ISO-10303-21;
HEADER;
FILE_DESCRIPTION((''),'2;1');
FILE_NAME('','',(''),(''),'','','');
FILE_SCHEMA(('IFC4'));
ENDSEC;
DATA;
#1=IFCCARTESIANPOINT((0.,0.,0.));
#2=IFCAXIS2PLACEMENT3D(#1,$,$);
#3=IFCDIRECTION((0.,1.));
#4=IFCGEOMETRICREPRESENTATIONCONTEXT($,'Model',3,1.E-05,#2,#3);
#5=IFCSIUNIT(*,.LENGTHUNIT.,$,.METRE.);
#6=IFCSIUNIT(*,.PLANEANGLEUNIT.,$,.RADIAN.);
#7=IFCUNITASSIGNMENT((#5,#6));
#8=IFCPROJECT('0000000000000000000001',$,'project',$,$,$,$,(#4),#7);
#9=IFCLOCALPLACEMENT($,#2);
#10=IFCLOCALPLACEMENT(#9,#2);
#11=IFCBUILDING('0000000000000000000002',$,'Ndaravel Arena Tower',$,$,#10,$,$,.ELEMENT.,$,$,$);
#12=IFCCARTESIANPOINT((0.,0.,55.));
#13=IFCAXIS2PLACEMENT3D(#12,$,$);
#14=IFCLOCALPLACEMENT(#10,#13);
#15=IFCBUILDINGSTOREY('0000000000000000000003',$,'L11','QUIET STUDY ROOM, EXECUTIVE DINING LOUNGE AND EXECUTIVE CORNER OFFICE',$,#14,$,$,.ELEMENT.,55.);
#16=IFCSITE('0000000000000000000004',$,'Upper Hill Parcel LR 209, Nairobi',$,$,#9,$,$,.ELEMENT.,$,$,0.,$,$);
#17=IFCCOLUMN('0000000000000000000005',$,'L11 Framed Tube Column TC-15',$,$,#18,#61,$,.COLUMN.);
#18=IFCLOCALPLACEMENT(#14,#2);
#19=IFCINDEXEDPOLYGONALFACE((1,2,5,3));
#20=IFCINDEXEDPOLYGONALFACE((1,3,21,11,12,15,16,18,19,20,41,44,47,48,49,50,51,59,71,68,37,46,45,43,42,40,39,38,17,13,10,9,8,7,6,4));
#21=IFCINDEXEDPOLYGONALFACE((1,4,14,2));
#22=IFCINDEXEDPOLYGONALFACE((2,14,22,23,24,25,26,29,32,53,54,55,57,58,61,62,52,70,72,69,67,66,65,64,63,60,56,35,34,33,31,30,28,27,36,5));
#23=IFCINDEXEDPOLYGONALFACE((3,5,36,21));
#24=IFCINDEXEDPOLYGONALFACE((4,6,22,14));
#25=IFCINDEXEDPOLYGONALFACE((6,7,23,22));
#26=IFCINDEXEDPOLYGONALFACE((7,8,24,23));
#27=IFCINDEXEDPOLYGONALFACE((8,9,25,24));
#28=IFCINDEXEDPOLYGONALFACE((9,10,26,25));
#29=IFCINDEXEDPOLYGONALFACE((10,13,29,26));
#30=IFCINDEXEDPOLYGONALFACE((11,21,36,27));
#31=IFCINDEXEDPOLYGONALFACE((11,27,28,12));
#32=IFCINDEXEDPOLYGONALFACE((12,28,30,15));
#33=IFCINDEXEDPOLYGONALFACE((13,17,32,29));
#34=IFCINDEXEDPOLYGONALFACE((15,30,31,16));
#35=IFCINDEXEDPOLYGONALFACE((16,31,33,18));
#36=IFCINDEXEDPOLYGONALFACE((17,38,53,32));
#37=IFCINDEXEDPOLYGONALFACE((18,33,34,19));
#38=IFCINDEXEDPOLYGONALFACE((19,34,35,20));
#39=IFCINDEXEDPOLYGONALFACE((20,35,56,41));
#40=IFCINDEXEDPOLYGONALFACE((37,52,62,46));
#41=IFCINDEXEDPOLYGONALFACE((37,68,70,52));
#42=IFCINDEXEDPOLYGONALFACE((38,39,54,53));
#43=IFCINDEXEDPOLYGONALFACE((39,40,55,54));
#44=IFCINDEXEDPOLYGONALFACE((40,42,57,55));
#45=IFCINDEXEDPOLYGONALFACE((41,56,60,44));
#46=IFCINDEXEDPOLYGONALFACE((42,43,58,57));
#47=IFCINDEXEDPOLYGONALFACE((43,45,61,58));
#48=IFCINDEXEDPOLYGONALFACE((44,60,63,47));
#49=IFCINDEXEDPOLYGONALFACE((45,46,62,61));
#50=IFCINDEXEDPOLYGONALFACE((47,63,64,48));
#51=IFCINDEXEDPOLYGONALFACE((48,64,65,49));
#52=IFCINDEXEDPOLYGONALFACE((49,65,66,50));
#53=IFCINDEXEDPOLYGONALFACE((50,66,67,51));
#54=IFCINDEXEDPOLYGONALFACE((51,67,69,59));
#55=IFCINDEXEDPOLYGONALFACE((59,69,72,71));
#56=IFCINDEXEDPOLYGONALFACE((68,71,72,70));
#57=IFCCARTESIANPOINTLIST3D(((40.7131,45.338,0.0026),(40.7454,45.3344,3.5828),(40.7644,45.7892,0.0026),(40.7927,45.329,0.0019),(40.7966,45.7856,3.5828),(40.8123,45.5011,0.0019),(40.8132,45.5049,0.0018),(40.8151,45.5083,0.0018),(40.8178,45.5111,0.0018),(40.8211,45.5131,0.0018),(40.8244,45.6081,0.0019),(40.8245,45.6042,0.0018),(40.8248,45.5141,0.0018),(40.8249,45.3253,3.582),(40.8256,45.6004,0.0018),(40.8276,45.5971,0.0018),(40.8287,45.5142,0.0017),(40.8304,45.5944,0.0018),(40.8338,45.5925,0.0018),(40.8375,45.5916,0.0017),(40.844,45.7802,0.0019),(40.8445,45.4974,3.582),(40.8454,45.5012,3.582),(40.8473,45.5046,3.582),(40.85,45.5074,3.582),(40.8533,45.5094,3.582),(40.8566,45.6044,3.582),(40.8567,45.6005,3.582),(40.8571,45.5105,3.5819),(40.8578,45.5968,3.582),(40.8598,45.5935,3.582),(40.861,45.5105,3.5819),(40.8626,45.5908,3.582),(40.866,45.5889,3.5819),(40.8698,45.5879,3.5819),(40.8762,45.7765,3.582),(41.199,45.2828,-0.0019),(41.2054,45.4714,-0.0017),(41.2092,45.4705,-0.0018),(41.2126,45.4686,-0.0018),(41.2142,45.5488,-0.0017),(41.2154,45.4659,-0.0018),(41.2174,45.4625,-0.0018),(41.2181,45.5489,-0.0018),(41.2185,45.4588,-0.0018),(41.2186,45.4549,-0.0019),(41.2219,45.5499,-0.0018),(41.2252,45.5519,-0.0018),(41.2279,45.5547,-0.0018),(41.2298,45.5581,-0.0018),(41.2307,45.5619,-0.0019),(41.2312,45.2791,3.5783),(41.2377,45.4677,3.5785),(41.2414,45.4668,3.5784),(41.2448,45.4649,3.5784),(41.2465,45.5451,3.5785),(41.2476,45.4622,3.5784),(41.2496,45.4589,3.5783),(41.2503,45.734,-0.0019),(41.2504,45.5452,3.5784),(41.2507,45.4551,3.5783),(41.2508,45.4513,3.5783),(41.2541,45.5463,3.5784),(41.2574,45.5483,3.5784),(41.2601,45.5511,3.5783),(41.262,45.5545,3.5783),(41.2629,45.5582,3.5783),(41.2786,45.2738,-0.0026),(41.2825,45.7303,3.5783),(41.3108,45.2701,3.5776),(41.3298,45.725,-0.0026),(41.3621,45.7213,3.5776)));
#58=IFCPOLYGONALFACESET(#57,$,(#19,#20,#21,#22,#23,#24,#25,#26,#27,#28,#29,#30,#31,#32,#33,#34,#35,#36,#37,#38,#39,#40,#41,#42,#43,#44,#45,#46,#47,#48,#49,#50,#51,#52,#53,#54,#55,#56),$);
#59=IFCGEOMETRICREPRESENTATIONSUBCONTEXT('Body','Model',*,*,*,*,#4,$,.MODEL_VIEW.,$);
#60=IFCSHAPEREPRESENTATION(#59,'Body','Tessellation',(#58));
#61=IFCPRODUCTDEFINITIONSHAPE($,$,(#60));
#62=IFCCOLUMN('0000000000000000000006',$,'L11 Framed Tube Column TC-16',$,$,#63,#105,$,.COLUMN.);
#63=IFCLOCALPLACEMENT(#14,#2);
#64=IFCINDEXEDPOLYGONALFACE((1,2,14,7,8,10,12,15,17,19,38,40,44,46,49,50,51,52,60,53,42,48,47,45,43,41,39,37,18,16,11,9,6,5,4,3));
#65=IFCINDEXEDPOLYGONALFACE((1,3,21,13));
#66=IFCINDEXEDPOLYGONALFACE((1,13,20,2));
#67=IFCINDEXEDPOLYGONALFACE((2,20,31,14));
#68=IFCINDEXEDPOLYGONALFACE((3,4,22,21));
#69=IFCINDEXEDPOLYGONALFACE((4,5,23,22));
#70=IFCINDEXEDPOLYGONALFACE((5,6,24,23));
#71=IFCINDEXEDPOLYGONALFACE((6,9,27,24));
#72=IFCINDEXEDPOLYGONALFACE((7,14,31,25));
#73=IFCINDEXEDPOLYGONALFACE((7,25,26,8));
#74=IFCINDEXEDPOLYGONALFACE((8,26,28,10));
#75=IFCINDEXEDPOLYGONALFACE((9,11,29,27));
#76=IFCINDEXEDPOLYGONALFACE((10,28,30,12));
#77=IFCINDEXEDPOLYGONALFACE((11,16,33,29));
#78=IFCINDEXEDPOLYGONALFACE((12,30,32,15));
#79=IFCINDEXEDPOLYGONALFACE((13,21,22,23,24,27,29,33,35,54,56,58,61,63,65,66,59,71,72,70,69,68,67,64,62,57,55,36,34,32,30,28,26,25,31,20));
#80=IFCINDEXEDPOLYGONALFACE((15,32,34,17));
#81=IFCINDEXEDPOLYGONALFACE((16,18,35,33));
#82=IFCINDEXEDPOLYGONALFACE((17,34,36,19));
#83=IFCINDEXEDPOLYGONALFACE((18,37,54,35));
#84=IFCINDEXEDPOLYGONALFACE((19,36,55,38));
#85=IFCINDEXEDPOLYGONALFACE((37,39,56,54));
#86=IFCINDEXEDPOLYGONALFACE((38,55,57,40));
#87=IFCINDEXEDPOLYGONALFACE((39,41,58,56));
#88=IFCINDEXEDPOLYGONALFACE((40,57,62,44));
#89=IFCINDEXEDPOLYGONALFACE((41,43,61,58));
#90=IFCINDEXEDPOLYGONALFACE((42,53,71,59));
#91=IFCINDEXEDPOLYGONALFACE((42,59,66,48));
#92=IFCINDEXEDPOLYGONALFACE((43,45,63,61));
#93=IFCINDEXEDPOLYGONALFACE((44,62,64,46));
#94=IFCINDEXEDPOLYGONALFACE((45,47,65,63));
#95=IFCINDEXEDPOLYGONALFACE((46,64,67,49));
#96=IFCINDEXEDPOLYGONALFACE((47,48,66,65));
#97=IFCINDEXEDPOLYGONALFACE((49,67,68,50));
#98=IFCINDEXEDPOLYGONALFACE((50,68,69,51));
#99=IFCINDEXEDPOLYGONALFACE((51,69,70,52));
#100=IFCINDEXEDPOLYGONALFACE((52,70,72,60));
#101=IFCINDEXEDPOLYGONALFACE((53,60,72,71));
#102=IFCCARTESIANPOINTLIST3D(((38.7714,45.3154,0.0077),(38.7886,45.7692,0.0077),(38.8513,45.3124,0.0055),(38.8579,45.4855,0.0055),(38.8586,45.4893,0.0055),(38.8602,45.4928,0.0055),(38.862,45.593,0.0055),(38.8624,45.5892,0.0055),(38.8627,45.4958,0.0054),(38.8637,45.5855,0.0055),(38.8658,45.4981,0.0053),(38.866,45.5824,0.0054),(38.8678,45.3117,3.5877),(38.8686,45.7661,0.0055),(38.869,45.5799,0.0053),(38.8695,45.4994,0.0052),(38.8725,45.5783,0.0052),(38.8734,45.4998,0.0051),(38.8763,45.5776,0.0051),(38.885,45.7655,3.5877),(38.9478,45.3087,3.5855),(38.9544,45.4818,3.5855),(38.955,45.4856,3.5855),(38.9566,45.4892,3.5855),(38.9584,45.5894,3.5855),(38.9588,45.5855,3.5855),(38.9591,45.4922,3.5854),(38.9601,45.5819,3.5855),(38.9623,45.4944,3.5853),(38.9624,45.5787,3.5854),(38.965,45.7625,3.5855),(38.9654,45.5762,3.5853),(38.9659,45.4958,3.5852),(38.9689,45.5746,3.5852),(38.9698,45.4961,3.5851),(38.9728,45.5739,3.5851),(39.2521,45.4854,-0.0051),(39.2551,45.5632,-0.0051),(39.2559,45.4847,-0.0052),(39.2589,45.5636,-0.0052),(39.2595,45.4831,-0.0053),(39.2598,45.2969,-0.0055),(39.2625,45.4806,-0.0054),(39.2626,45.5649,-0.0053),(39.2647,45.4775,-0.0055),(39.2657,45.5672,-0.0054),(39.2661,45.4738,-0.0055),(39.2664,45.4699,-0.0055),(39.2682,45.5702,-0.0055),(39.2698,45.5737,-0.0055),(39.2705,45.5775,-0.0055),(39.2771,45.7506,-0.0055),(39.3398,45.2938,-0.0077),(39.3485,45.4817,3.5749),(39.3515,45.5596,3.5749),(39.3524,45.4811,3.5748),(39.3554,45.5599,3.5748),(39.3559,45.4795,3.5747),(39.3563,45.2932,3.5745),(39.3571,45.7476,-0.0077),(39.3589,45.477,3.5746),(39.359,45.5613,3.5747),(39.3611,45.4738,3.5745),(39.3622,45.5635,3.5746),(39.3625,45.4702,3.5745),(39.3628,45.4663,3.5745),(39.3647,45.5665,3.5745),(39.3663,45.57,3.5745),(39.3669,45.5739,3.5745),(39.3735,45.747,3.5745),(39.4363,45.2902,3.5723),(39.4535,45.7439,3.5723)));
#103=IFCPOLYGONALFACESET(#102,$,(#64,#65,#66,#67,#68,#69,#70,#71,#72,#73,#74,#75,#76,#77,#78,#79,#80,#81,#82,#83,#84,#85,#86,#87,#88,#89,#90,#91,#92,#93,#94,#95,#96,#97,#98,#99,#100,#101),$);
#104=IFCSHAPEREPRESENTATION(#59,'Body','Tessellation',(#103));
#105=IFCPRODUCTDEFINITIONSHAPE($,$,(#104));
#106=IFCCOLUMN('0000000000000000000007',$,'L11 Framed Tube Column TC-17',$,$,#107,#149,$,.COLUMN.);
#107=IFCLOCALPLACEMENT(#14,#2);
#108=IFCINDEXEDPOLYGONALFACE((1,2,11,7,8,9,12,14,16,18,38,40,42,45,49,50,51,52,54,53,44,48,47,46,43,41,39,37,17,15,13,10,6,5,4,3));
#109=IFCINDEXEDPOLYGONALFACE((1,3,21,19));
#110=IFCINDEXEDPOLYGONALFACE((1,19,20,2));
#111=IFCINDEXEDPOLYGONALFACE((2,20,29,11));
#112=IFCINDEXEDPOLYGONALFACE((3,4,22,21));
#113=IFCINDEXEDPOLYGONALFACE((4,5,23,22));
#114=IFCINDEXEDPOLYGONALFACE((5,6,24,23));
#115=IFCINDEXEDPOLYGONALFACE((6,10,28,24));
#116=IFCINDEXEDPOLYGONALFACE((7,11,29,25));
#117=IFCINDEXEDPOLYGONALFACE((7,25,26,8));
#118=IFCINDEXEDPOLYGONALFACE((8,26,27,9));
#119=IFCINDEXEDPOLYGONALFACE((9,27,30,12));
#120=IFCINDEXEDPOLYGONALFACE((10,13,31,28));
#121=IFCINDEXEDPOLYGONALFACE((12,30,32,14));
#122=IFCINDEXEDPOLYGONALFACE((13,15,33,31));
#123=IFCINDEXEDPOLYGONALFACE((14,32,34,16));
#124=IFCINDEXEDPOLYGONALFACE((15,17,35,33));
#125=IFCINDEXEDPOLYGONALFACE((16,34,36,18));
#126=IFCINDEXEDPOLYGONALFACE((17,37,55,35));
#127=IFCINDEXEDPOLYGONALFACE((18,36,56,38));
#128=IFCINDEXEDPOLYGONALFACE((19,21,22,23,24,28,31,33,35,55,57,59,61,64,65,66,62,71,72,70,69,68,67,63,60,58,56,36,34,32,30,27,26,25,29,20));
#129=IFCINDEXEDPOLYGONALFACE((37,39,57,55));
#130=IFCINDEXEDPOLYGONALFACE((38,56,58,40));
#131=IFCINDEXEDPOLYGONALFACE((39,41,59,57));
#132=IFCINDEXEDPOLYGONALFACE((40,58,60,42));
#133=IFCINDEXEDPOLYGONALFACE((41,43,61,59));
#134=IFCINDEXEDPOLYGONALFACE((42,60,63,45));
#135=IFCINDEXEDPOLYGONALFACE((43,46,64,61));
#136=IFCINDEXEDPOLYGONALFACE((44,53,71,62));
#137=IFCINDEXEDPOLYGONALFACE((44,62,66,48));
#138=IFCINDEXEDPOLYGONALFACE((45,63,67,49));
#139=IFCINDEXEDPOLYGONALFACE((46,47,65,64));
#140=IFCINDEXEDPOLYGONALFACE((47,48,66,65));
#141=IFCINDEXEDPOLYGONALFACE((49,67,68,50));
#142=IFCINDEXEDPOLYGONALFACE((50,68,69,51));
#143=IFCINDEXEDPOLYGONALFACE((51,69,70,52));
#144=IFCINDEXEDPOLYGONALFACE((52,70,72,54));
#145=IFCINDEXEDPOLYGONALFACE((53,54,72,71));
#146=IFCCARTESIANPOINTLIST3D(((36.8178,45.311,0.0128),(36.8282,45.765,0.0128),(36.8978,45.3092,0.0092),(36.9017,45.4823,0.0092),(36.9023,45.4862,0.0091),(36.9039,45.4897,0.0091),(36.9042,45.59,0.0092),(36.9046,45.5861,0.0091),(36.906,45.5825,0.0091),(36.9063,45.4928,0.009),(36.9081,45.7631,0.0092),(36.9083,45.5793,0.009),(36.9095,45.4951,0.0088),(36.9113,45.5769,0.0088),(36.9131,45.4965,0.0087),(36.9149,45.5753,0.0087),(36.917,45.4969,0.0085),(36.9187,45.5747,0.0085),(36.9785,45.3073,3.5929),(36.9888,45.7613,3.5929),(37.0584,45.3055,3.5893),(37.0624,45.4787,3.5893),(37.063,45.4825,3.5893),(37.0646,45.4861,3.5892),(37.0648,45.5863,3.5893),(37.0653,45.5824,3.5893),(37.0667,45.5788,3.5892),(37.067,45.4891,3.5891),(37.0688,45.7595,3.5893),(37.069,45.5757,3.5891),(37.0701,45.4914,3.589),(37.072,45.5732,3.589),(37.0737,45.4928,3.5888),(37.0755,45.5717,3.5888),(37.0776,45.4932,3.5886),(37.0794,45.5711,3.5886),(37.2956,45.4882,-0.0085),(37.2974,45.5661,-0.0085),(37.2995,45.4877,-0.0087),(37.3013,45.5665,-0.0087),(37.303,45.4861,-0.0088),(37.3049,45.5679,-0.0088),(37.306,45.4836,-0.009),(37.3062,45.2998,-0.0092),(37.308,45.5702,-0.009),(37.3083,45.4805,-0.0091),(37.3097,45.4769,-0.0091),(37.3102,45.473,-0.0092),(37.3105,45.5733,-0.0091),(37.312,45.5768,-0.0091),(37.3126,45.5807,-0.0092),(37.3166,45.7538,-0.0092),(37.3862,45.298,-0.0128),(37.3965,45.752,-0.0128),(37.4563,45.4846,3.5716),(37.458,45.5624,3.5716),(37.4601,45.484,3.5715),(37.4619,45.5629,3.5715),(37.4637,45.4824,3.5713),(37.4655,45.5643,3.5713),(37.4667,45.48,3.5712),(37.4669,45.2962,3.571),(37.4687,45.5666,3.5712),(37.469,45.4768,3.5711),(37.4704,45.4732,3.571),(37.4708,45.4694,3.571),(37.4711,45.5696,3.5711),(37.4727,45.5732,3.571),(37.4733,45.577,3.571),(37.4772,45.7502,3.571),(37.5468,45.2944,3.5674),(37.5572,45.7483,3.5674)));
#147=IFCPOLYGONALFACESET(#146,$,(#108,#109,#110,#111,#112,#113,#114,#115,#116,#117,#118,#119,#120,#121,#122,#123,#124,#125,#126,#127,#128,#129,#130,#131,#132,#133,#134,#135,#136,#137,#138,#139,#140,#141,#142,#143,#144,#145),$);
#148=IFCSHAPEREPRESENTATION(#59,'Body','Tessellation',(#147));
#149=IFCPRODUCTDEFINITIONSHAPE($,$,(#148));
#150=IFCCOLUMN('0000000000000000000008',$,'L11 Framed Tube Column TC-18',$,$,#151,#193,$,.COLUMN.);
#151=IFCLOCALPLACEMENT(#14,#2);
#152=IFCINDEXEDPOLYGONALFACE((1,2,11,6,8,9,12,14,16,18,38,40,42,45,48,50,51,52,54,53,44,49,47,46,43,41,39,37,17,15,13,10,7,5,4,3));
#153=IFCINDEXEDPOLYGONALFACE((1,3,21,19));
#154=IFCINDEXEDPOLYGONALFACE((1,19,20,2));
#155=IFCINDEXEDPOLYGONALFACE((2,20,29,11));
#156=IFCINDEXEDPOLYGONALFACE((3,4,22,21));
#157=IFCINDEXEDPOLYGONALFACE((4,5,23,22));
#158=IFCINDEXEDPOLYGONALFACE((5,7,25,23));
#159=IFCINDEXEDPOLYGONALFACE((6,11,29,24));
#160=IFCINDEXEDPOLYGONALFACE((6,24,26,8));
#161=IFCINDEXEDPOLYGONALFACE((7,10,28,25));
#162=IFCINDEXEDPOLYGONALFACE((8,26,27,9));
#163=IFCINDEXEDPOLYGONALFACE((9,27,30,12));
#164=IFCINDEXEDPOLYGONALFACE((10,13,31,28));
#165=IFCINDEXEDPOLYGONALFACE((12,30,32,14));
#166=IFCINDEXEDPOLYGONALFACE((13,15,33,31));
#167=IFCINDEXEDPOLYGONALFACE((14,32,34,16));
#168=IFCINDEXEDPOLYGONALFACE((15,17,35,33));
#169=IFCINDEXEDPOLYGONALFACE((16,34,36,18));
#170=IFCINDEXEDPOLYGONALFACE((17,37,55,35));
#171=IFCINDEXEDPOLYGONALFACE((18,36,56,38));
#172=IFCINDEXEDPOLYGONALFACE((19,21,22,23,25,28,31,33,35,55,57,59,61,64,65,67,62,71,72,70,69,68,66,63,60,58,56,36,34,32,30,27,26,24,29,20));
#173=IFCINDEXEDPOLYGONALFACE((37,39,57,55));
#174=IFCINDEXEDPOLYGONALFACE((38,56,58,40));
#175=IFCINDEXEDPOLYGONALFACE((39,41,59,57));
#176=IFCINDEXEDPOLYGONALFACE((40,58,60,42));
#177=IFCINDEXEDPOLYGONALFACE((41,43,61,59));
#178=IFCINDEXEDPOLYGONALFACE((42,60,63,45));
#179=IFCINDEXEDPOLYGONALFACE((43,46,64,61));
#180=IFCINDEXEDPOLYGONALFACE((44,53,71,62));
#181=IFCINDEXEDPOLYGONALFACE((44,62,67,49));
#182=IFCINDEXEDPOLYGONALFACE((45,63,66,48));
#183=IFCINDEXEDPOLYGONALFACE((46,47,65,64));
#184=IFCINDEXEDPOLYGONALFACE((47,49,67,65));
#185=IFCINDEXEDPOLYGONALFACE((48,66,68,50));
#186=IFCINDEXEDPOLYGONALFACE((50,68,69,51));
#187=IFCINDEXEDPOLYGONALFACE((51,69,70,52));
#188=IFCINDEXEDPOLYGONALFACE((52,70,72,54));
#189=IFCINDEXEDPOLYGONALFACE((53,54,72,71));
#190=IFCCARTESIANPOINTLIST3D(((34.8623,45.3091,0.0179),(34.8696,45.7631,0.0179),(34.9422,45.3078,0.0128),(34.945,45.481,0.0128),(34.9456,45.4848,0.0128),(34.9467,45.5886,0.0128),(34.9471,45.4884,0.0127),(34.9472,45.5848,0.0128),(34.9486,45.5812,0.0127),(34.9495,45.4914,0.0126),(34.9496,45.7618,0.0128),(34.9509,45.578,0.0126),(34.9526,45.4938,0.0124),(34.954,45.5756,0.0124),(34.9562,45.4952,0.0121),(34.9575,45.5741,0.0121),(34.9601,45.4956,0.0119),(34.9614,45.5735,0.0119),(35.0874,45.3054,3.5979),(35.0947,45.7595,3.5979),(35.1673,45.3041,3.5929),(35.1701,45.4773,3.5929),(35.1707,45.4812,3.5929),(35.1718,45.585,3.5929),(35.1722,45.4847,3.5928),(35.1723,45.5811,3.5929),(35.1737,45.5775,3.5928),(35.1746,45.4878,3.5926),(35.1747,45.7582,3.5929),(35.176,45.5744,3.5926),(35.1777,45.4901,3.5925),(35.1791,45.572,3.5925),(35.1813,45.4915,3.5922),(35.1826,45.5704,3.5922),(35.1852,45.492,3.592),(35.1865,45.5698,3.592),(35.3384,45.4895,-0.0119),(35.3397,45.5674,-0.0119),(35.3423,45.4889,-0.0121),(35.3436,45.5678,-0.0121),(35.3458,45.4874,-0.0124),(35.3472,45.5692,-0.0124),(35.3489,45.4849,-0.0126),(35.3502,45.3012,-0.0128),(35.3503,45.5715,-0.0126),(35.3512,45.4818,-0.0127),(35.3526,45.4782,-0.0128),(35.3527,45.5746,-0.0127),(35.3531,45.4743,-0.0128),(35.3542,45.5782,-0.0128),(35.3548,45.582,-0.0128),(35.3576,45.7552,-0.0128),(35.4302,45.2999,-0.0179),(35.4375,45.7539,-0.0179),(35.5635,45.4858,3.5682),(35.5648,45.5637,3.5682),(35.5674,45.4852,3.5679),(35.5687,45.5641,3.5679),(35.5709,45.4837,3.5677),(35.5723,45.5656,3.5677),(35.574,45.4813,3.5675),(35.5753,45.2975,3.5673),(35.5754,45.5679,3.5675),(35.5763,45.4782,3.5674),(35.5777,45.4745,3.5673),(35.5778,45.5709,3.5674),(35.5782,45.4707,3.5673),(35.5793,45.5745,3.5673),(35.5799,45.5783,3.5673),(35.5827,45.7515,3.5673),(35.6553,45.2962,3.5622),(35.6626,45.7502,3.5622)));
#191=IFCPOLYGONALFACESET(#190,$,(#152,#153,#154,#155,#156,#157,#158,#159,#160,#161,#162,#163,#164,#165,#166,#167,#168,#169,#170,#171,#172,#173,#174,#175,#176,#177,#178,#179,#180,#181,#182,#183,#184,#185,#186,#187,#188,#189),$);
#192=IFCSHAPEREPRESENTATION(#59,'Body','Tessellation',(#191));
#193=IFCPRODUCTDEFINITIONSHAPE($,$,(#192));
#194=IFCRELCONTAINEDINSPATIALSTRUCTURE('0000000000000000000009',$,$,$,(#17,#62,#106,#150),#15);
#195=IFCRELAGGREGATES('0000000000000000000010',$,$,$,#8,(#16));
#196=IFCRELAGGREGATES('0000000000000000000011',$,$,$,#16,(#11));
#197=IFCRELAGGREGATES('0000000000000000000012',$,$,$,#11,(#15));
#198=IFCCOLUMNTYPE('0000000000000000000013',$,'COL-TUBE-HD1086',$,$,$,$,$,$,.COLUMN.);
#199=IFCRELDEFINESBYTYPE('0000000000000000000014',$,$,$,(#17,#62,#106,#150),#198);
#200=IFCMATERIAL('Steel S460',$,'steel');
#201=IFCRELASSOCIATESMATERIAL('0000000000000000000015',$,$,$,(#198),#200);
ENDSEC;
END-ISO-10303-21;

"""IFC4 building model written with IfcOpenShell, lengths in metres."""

from ifc_helpers import new_model, si_unit, direction, frame, origin, origin_2d, place, context, subcontext, project, spatial, i_section, extrude, material, material_profile, profile_set, type_object, element, save


model = new_model("IFC4")

# Units and contexts
model_context = context("Model", 3, precision=1e-05, world=origin(), true_north=direction((0.0, 1.0)))
body_context = subcontext(model_context, "Body", "Model", "MODEL_VIEW")
ifc_project = project(units=[si_unit("LENGTHUNIT", "METRE"), si_unit("PLANEANGLEUNIT", "RADIAN")], contexts=[model_context])

# Site, building, storey
site_placement = place(None, origin())
site = spatial("IfcSite", under=ifc_project, at=site_placement, Name="Upper Hill Parcel LR 209, Nairobi", CompositionType="ELEMENT", RefElevation=0.0)
building_placement = place(site_placement, origin())
building = spatial("IfcBuilding", under=site, at=building_placement, Name="Ndaravel Arena Tower", CompositionType="ELEMENT")
storey_placement = place(building_placement, frame((0.0, 0.0, 55.0)))
storey = spatial("IfcBuildingStorey", under=building, at=storey_placement, Name="L11", Description="QUIET STUDY ROOM, EXECUTIVE DINING LOUNGE AND EXECUTIVE CORNER OFFICE", CompositionType="ELEMENT", Elevation=55.0)

# Columns
ifc_material_1 = material(Name="Steel S460", Category="steel")
ifc_material_profile_1 = material_profile(ifc_material_1, i_section(OverallWidth=0.4541, OverallDepth=0.5691, WebThickness=0.0779, FlangeThickness=0.0801, FilletRadius=0.0149, at=origin_2d()), Name="HD 400x1086")
ifc_profile_set_1 = profile_set([ifc_material_profile_1], Name="Steel S460")
column_type = type_object("IfcColumnType", Name="COL-TUBE-HD1086", PredefinedType="COLUMN", material=ifc_profile_set_1)
column_1_placement = place(storey_placement, frame((41.0215, 45.5315, 0.0), z_axis=(0.009001, -0.001023, 0.999959), x_axis=(0.11291, 0.993605, 0.0)))
element("IfcColumn", 1, at=column_1_placement, inside=storey, type_object=column_type, Name="L11 Framed Tube Column TC-15", PredefinedType="COLUMN", context=body_context, shape_type="SweptSolid", body=[
    extrude(i_section(OverallWidth=0.4541, OverallDepth=0.5691, WebThickness=0.0779, FlangeThickness=0.0801, FilletRadius=0.0149, at=origin_2d()), origin(), (0.0, 0.0, 1.0), 3.5803),
])
column_2_placement = place(storey_placement, frame((39.0642, 45.5315, 0.0), z_axis=(0.026927, -0.001023, 0.999637), x_axis=(0.037947, 0.99928, 0.0)))
element("IfcColumn", 2, at=column_2_placement, inside=storey, type_object=column_type, Name="L11 Framed Tube Column TC-16", PredefinedType="COLUMN", context=body_context, shape_type="SweptSolid", body=[
    extrude(i_section(OverallWidth=0.4541, OverallDepth=0.5691, WebThickness=0.0779, FlangeThickness=0.0801, FilletRadius=0.0149, at=origin_2d()), origin(), (0.0, 0.0, 1.0), 3.5813),
])
column_3_placement = place(storey_placement, frame((37.1072, 45.5315, 0.0), z_axis=(0.044827, -0.001022, 0.998994), x_axis=(0.02279, 0.99974, 0.0)))
element("IfcColumn", 3, at=column_3_placement, inside=storey, type_object=column_type, Name="L11 Framed Tube Column TC-17", PredefinedType="COLUMN", context=body_context, shape_type="SweptSolid", body=[
    extrude(i_section(OverallWidth=0.4541, OverallDepth=0.5691, WebThickness=0.0779, FlangeThickness=0.0801, FilletRadius=0.0149, at=origin_2d()), origin(), (0.0, 0.0, 1.0), 3.5837),
])
column_4_placement = place(storey_placement, frame((35.1499, 45.5315, 0.0), z_axis=(0.062751, -0.001021, 0.998029), x_axis=(0.016267, 0.999868, 0.0)))
element("IfcColumn", 4, at=column_4_placement, inside=storey, type_object=column_type, Name="L11 Framed Tube Column TC-18", PredefinedType="COLUMN", context=body_context, shape_type="SweptSolid", body=[
    extrude(i_section(OverallWidth=0.4541, OverallDepth=0.5691, WebThickness=0.0779, FlangeThickness=0.0801, FilletRadius=0.0149, at=origin_2d()), origin(), (0.0, 0.0, 1.0), 3.5872),
])

save(model, "model.ifc")
